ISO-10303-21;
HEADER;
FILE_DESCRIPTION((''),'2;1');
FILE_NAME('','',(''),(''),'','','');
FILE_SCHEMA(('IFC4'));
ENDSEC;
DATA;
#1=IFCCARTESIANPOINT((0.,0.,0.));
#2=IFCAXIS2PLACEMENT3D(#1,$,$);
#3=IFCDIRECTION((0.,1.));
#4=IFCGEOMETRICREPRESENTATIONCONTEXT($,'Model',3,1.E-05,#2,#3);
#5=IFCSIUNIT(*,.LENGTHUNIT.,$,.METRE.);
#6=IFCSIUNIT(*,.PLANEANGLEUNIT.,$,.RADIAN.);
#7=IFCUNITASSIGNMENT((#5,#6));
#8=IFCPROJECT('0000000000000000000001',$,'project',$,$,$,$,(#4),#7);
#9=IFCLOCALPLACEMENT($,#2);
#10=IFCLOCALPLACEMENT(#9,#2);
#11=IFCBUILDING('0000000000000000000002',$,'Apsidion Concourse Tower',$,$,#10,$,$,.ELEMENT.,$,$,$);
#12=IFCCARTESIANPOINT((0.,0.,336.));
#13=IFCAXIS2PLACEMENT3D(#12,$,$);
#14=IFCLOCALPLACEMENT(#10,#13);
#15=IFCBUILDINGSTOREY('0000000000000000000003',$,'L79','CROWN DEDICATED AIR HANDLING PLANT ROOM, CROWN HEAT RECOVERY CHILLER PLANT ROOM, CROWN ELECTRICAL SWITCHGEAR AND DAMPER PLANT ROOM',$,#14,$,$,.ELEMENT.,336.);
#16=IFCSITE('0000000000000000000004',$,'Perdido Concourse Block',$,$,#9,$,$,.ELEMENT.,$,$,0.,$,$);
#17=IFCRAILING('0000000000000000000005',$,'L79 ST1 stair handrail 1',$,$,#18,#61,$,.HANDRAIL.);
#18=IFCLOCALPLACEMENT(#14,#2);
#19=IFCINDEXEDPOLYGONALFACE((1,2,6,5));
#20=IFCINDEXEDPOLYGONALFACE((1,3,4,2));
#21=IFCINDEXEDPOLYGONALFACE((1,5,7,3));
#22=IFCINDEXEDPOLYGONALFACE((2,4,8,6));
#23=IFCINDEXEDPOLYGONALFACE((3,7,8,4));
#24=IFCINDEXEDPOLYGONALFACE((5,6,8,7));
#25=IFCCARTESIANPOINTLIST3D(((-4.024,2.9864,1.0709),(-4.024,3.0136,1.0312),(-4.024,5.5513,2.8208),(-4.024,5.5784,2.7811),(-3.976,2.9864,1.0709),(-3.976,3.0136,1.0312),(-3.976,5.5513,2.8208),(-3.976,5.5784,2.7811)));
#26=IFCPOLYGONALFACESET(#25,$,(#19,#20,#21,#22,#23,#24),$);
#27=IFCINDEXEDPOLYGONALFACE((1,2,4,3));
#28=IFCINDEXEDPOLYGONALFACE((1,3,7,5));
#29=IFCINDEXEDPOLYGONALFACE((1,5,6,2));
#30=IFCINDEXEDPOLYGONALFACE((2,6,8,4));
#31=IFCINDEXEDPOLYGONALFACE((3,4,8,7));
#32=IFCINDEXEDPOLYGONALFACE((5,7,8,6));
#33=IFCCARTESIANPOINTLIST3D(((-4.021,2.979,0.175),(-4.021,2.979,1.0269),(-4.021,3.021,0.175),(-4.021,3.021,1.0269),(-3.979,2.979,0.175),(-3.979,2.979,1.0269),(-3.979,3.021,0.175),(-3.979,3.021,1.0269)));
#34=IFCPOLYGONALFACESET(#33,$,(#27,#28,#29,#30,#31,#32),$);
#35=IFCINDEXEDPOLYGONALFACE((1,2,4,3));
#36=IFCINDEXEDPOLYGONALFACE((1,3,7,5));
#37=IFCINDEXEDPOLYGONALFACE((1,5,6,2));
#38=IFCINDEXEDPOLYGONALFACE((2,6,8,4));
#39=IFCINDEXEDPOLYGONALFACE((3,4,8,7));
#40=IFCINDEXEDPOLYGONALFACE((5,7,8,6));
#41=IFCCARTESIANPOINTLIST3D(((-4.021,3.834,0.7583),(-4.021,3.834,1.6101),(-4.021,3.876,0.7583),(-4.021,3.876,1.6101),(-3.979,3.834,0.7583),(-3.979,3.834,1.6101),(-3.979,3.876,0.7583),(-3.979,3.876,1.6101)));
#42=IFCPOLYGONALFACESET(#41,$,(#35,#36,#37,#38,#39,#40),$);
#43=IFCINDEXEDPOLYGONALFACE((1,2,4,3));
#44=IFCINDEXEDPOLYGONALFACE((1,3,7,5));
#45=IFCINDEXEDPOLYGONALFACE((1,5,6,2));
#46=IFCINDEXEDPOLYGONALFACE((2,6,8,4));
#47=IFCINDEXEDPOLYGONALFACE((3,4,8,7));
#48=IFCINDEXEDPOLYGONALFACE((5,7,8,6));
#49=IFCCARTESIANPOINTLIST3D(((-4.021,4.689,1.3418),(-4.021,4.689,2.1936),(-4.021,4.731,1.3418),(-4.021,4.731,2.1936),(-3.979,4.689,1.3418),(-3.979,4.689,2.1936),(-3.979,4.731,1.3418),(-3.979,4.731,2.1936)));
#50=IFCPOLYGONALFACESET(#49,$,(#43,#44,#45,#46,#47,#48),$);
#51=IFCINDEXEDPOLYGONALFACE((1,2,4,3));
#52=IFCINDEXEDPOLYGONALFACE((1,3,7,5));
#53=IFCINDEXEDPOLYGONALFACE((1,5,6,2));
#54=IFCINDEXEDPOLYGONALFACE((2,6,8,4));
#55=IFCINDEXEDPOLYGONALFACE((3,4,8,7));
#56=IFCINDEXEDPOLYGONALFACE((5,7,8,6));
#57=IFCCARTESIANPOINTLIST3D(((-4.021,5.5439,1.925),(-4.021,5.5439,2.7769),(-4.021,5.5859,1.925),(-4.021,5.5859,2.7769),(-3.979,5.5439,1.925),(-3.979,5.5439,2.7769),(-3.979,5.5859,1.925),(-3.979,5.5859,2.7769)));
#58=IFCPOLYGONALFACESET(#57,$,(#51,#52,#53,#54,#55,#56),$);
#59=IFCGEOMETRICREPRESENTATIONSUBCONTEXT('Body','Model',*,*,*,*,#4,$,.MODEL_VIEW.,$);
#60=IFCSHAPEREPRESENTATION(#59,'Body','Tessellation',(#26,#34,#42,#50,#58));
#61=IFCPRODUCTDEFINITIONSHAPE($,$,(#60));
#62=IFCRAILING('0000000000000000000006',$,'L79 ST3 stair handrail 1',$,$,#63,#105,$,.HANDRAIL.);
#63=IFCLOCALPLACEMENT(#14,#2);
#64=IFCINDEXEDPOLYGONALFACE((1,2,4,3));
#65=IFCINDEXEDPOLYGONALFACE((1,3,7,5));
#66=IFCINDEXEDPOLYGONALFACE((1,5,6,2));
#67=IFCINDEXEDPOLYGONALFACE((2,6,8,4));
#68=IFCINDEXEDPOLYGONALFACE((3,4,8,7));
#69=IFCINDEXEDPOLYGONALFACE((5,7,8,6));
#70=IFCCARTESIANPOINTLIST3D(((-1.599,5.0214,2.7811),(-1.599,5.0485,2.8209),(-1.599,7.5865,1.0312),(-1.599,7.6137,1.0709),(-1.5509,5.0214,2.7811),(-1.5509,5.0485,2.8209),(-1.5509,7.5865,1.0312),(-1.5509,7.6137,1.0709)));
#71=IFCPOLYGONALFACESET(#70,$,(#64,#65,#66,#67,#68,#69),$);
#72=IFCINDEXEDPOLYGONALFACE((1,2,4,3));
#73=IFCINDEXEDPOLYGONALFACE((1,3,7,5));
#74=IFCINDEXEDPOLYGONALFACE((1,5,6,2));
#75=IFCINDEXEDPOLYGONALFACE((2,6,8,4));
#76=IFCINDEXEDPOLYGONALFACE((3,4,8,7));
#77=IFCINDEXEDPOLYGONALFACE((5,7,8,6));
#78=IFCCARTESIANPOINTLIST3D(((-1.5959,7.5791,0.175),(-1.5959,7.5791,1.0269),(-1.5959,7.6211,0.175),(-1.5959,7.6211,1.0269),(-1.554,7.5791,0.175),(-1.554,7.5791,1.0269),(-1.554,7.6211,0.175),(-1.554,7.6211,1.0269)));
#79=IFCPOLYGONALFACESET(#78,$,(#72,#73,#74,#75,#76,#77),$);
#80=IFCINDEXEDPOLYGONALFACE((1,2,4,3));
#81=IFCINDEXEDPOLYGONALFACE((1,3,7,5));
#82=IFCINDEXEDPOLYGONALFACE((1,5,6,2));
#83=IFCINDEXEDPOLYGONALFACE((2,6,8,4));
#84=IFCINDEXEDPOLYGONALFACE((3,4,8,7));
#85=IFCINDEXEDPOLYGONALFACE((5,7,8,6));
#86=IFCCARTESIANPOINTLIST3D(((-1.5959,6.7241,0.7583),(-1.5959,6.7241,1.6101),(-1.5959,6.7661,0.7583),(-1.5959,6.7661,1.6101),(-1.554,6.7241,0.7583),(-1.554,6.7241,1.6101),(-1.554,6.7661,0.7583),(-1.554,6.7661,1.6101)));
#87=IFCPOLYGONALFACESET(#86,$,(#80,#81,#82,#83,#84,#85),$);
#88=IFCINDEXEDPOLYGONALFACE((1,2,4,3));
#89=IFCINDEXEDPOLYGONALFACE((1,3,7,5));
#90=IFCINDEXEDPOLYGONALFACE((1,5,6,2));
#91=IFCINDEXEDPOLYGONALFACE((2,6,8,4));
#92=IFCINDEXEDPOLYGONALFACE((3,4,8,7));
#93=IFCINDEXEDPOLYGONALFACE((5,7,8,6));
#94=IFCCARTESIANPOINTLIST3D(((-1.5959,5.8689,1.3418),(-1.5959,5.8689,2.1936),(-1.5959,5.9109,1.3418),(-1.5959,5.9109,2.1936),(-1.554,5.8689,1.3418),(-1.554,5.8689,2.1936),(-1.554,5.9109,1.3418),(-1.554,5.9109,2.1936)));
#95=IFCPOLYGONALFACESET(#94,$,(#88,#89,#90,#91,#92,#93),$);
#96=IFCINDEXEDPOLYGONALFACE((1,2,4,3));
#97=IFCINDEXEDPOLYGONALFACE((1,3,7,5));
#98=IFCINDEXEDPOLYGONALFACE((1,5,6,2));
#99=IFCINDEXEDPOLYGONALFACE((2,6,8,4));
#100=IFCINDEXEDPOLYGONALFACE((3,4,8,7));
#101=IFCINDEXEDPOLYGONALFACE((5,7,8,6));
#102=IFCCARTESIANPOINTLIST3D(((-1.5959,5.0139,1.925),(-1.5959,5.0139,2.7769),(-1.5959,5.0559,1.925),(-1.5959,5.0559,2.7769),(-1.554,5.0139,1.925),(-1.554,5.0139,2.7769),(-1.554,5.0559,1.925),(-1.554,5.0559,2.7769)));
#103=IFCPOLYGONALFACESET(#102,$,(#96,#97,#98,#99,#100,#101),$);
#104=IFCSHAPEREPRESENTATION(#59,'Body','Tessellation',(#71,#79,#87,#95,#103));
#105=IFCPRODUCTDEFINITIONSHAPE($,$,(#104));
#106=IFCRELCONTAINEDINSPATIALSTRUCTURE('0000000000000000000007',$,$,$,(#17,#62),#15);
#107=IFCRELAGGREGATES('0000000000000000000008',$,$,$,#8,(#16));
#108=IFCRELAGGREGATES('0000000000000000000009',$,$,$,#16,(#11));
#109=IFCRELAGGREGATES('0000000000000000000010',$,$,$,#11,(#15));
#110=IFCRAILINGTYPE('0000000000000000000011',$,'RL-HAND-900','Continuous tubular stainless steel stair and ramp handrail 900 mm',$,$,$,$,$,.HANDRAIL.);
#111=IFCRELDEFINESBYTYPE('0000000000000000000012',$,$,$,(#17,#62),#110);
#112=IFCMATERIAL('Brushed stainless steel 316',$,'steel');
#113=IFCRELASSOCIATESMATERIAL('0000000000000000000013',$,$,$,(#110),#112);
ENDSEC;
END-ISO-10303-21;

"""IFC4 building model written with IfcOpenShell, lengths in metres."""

from ifc_helpers import new_model, si_unit, direction, frame, origin, origin_2d, place, context, subcontext, project, spatial, rectangle, extrude, material, type_object, element, save


model = new_model("IFC4")

# Units and contexts
model_context = context("Model", 3, precision=1e-05, world=origin(), true_north=direction((0.0, 1.0)))
body_context = subcontext(model_context, "Body", "Model", "MODEL_VIEW")
ifc_project = project(units=[si_unit("LENGTHUNIT", "METRE"), si_unit("PLANEANGLEUNIT", "RADIAN")], contexts=[model_context])

# Site, building, storey
site_placement = place(None, origin())
site = spatial("IfcSite", under=ifc_project, at=site_placement, Name="Perdido Concourse Block", CompositionType="ELEMENT", RefElevation=0.0)
building_placement = place(site_placement, origin())
building = spatial("IfcBuilding", under=site, at=building_placement, Name="Apsidion Concourse Tower", CompositionType="ELEMENT")
storey_placement = place(building_placement, frame((0.0, 0.0, 336.0)))
storey = spatial("IfcBuildingStorey", under=building, at=storey_placement, Name="L79", Description="CROWN DEDICATED AIR HANDLING PLANT ROOM, CROWN HEAT RECOVERY CHILLER PLANT ROOM, CROWN ELECTRICAL SWITCHGEAR AND DAMPER PLANT ROOM", CompositionType="ELEMENT", Elevation=336.0)

# Railings
ifc_material_1 = material(Name="Brushed stainless steel 316", Category="steel")
railing_type_1 = type_object("IfcRailingType", Name="RL-HAND-900", Description="Continuous tubular stainless steel stair and ramp handrail 900 mm", PredefinedType="HANDRAIL", material=ifc_material_1)
railing_1_placement = place(storey_placement, frame((-4.0, 3.0, 0.175)))
element("IfcRailing", 1, at=railing_1_placement, inside=storey, type_object=railing_type_1, Name="L79 ST1 stair handrail 1", PredefinedType="HANDRAIL", context=body_context, shape_type="SweptSolid", body=[
    extrude(rectangle(XDim=0.0481, YDim=0.0481, at=origin_2d()), frame((0.0, 0.0, 0.876), z_axis=(0.0, 0.826051, 0.563595), x_axis=(-1.0, 0.0, 0.0)), (0.0, 0.0, 1.0), 3.105),
    extrude(rectangle(XDim=0.042, YDim=0.042, at=origin_2d()), origin(), (0.0, 0.0, 1.0), 0.8518),
    extrude(rectangle(XDim=0.042, YDim=0.042, at=origin_2d()), frame((0.0, 0.855, 0.5833)), (0.0, 0.0, 1.0), 0.8518),
    extrude(rectangle(XDim=0.042, YDim=0.042, at=origin_2d()), frame((0.0, 1.71, 1.1667)), (0.0, 0.0, 1.0), 0.8518),
    extrude(rectangle(XDim=0.042, YDim=0.042, at=origin_2d()), frame((0.0, 2.5649, 1.75)), (0.0, 0.0, 1.0), 0.8518),
])
railing_2_placement = place(storey_placement, frame((-1.575, 7.6001, 0.175)))
element("IfcRailing", 2, at=railing_2_placement, inside=storey, type_object=railing_type_1, Name="L79 ST3 stair handrail 1", PredefinedType="HANDRAIL", context=body_context, shape_type="SweptSolid", body=[
    extrude(rectangle(XDim=0.0481, YDim=0.0481, at=origin_2d()), frame((0.0, 0.0, 0.876), z_axis=(0.0, -0.826076, 0.563559), x_axis=(1.0, 0.0, 0.0)), (0.0, 0.0, 1.0), 3.1052),
    extrude(rectangle(XDim=0.042, YDim=0.042, at=origin_2d()), origin(), (0.0, 0.0, 1.0), 0.8518),
    extrude(rectangle(XDim=0.042, YDim=0.042, at=origin_2d()), frame((0.0, -0.855, 0.5833)), (0.0, 0.0, 1.0), 0.8518),
    extrude(rectangle(XDim=0.042, YDim=0.042, at=origin_2d()), frame((0.0, -1.7102, 1.1667)), (0.0, 0.0, 1.0), 0.8518),
    extrude(rectangle(XDim=0.042, YDim=0.042, at=origin_2d()), frame((0.0, -2.5652, 1.75)), (0.0, 0.0, 1.0), 0.8518),
])

save(model, "model.ifc")
